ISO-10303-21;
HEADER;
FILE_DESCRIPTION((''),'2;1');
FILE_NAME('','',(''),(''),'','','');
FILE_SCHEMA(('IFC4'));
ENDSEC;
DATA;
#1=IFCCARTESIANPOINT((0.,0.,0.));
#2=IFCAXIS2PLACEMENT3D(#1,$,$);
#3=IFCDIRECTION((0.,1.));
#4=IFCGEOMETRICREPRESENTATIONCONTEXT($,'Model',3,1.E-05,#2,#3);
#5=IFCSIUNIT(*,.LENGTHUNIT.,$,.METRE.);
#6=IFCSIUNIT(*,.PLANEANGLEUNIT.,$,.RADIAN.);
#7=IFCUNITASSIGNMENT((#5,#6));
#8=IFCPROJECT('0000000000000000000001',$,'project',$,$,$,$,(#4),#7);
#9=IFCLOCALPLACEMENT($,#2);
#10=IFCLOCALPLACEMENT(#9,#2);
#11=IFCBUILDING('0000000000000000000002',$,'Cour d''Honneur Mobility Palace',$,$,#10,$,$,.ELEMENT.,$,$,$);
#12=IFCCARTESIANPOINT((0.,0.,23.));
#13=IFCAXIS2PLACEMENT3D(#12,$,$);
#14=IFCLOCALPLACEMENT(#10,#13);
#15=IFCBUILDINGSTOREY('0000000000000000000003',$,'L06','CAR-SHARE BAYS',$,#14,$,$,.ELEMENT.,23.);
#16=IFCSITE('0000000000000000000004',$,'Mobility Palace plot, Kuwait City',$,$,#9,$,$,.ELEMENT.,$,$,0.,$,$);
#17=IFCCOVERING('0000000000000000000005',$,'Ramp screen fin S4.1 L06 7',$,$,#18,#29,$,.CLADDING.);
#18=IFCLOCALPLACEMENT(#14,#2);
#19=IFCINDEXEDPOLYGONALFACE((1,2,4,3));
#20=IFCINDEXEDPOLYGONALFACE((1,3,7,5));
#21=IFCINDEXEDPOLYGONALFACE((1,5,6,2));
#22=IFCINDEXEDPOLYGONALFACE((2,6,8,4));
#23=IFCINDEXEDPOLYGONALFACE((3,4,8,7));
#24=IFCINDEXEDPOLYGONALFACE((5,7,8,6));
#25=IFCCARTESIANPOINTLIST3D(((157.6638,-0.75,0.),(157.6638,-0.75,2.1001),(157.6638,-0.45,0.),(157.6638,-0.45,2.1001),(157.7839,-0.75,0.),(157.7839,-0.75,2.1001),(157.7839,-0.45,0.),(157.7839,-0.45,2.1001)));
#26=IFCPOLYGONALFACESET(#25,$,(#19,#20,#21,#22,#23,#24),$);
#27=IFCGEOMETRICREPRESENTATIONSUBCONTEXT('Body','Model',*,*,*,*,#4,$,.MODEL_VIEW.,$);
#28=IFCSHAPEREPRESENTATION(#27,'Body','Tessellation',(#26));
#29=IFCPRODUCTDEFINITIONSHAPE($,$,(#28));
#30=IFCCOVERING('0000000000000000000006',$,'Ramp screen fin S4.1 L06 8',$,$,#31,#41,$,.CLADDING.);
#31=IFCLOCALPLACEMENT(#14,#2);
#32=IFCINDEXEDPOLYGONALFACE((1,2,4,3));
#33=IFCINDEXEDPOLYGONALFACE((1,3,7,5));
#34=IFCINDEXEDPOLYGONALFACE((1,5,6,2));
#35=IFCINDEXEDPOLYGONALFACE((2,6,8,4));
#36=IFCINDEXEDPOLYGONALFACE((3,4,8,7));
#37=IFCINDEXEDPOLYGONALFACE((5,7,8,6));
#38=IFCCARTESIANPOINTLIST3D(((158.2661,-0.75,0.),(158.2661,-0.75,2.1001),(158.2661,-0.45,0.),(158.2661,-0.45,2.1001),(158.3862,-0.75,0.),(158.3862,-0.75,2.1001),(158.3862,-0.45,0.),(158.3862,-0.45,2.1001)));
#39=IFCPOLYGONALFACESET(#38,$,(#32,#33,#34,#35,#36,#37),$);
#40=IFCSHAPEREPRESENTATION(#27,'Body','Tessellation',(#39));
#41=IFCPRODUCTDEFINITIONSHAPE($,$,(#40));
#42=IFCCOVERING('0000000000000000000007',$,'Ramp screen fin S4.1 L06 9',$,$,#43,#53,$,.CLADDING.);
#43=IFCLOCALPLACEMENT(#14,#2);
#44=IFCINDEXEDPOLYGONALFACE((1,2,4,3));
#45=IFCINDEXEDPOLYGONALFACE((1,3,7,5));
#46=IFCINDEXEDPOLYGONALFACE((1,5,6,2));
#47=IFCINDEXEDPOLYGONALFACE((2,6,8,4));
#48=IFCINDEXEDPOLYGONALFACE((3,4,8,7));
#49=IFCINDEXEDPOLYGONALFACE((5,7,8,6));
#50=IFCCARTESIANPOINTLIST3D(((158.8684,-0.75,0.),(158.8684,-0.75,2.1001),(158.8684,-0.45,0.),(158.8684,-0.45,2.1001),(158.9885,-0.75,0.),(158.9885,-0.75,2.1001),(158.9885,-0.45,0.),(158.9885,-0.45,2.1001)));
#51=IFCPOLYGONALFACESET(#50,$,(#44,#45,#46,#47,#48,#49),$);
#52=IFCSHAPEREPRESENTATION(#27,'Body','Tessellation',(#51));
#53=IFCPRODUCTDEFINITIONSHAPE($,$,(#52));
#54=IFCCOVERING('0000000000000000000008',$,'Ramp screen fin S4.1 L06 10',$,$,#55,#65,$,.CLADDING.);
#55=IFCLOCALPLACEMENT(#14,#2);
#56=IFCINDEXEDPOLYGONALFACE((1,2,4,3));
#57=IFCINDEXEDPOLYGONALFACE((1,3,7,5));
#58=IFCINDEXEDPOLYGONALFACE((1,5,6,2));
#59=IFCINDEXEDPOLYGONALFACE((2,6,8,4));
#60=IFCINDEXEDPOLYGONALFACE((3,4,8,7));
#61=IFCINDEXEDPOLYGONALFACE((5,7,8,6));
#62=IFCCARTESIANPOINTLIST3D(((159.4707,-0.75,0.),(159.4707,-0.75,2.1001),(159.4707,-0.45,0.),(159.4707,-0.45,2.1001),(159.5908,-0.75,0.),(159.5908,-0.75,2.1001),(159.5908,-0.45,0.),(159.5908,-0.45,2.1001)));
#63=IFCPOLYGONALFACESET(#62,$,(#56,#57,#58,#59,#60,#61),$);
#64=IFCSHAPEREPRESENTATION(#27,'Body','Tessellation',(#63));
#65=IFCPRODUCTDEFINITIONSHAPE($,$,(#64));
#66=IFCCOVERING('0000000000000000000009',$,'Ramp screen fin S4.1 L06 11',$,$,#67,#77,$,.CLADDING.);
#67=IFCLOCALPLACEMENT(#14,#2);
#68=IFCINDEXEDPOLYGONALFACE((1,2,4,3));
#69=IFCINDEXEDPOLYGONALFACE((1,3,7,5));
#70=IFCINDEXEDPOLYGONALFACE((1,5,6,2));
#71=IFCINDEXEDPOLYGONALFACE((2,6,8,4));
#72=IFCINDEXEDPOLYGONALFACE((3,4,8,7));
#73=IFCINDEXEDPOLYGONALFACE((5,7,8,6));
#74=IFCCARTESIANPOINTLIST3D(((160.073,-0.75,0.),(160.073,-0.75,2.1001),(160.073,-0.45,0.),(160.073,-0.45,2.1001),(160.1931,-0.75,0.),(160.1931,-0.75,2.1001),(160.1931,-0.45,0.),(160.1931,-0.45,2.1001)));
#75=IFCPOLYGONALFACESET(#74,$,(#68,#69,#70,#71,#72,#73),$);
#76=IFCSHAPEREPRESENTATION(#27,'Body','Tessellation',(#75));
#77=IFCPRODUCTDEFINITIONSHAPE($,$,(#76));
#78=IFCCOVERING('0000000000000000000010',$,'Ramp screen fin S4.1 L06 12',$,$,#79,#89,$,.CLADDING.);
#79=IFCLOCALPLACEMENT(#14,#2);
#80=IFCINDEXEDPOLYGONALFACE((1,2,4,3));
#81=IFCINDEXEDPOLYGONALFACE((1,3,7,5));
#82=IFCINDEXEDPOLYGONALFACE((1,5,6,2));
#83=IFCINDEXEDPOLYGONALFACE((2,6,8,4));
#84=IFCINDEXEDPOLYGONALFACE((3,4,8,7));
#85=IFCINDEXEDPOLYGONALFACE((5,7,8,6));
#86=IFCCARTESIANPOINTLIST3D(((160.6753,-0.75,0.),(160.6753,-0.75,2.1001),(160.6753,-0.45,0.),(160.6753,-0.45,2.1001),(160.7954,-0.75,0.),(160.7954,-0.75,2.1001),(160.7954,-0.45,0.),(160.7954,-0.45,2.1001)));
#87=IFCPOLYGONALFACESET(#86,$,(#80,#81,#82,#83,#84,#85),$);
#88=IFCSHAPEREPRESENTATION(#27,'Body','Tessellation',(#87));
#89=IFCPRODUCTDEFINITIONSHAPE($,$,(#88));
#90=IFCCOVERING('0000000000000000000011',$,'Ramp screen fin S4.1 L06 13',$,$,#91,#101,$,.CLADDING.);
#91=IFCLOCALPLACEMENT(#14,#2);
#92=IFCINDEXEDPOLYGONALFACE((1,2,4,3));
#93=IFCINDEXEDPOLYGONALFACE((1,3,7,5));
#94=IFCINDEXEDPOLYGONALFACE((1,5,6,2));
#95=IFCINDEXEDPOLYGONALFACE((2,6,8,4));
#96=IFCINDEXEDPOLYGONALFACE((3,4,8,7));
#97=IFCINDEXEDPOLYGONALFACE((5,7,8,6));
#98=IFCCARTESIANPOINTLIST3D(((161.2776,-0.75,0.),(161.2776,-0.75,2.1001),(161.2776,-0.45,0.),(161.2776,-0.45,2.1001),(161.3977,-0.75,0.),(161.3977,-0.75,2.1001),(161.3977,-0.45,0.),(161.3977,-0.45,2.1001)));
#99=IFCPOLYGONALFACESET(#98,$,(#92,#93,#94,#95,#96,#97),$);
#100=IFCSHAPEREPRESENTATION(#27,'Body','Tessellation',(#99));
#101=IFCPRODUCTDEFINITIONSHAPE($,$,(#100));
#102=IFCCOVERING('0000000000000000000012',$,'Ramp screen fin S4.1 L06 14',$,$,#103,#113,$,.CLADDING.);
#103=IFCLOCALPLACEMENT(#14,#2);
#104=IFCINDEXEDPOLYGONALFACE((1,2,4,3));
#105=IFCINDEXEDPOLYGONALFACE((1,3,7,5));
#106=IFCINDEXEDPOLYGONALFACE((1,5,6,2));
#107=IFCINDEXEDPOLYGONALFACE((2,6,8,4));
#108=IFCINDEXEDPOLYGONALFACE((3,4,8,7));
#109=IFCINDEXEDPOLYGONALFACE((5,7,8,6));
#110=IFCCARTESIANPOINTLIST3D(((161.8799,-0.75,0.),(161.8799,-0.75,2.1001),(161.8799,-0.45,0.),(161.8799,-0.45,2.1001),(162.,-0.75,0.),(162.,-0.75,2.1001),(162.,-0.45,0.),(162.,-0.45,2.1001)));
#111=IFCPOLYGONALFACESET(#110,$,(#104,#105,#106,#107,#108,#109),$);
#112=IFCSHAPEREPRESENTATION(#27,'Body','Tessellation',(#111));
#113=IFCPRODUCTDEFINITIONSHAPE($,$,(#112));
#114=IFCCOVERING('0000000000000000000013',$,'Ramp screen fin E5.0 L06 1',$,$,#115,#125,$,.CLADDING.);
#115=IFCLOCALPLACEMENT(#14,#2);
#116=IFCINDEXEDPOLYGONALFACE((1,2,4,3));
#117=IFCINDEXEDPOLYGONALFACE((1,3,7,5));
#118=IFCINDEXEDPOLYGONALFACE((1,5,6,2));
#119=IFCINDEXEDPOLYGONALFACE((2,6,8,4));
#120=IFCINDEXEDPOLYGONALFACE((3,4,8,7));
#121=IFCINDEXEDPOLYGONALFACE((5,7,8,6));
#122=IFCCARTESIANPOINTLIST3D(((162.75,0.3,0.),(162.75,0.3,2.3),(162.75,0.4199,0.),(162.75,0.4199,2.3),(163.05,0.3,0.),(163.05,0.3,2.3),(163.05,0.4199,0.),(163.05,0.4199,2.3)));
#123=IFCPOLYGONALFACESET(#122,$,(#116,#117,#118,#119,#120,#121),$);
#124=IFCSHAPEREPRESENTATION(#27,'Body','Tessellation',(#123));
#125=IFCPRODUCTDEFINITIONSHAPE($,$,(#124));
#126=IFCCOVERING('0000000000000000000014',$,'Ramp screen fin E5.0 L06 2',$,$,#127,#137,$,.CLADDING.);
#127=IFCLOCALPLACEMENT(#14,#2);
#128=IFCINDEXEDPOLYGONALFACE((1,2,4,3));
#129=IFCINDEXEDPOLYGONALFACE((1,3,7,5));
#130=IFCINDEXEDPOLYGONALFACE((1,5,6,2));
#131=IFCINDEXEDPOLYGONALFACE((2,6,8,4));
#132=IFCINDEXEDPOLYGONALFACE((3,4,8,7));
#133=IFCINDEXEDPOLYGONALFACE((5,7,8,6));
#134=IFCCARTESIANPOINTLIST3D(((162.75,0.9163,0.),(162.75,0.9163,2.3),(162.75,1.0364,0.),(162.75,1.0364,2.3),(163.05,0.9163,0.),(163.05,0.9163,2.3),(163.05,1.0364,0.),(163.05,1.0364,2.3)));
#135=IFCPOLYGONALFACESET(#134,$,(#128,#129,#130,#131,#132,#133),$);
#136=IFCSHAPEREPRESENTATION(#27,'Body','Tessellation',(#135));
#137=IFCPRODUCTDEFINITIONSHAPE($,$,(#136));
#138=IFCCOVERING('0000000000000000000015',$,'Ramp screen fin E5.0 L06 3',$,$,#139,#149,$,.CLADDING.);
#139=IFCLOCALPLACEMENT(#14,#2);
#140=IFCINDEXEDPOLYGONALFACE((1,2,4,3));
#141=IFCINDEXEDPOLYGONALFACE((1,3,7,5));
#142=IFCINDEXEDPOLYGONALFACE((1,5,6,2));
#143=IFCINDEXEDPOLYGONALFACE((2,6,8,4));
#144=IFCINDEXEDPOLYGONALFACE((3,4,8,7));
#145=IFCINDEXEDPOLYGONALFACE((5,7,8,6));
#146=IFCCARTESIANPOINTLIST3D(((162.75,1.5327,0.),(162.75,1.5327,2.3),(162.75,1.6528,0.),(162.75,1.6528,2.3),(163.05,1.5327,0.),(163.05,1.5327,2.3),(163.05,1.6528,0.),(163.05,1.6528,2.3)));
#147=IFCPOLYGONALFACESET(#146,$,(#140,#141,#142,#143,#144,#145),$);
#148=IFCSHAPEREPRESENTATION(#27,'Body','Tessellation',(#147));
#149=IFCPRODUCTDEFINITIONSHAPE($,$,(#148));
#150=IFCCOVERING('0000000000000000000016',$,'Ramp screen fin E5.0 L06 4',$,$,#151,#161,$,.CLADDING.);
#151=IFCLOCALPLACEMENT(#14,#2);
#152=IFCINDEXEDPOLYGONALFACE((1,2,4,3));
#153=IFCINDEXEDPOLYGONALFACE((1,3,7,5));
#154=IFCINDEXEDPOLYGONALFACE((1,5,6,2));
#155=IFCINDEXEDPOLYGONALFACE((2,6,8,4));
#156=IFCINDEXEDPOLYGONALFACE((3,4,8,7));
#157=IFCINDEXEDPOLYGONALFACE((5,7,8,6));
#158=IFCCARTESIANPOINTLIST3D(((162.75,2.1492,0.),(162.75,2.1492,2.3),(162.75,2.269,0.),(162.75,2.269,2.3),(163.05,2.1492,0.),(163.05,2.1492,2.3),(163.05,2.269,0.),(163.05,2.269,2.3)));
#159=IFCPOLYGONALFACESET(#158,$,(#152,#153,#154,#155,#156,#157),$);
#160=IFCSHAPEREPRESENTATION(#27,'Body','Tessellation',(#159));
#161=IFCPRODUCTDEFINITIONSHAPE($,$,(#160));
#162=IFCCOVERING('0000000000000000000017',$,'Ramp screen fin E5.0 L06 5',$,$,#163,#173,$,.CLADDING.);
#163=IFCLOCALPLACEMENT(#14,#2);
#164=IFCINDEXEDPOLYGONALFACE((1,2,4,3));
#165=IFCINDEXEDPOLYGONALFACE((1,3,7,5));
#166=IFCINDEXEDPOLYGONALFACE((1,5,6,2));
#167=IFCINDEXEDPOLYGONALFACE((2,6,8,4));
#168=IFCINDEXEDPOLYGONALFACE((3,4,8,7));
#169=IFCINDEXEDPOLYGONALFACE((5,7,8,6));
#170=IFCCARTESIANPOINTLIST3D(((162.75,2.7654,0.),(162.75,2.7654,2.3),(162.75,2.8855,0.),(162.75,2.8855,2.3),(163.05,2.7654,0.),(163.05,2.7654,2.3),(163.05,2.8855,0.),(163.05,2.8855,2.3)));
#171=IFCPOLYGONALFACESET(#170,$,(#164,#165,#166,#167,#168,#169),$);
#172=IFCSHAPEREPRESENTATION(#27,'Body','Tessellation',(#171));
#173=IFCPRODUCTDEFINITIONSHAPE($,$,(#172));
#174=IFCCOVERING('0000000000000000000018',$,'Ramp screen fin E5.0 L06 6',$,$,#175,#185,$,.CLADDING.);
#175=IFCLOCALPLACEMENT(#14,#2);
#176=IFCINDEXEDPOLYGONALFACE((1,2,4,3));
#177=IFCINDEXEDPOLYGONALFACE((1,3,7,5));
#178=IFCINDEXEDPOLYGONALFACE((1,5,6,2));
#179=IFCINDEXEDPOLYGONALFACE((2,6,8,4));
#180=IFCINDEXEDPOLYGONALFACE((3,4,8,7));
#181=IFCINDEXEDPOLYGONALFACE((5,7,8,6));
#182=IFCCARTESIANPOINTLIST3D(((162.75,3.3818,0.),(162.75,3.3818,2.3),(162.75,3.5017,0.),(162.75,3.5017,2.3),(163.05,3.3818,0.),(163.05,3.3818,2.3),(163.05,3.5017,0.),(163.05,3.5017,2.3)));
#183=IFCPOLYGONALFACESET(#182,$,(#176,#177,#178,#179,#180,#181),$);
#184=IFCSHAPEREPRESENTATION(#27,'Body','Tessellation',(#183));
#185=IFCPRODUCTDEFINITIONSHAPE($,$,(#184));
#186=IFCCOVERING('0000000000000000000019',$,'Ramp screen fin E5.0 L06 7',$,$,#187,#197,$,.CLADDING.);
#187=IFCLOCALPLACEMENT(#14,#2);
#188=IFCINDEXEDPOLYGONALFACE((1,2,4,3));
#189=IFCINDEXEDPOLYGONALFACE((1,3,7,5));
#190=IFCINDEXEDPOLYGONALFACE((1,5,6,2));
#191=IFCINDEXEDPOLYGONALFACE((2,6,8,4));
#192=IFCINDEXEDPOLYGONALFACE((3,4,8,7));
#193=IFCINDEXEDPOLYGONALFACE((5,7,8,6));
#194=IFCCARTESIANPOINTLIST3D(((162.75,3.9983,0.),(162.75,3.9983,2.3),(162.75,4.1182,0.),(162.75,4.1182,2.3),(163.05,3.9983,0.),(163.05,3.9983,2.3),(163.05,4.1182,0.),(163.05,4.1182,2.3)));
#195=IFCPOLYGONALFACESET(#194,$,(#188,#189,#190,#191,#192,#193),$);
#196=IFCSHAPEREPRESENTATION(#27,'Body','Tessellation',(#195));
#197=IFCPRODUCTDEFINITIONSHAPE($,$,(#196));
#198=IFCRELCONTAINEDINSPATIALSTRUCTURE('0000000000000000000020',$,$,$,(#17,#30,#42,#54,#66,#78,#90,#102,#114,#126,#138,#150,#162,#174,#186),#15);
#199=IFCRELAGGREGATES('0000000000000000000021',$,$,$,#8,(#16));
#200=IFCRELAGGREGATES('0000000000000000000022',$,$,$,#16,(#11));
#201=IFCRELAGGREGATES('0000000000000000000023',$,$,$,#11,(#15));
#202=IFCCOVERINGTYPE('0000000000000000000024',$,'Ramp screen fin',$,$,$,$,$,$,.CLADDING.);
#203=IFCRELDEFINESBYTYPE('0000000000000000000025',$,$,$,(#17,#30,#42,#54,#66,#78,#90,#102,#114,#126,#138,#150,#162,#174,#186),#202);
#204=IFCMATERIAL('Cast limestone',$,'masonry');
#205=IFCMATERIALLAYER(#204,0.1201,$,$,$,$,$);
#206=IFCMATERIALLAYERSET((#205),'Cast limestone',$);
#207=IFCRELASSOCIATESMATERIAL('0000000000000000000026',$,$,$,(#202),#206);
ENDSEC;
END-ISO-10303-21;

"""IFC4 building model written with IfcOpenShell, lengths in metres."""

from ifc_helpers import new_model, si_unit, direction, frame, origin, place, context, subcontext, project, spatial, polyline, outline, extrude, material, layer, layer_set, type_object, element, save


model = new_model("IFC4")

# Units and contexts
model_context = context("Model", 3, precision=1e-05, world=origin(), true_north=direction((0.0, 1.0)))
body_context = subcontext(model_context, "Body", "Model", "MODEL_VIEW")
ifc_project = project(units=[si_unit("LENGTHUNIT", "METRE"), si_unit("PLANEANGLEUNIT", "RADIAN")], contexts=[model_context])

# Site, building, storey
site_placement = place(None, origin())
site = spatial("IfcSite", under=ifc_project, at=site_placement, Name="Mobility Palace plot, Kuwait City", CompositionType="ELEMENT", RefElevation=0.0)
building_placement = place(site_placement, origin())
building = spatial("IfcBuilding", under=site, at=building_placement, Name="Cour d'Honneur Mobility Palace", CompositionType="ELEMENT")
storey_placement = place(building_placement, frame((0.0, 0.0, 23.0)))
storey = spatial("IfcBuildingStorey", under=building, at=storey_placement, Name="L06", Description="CAR-SHARE BAYS", CompositionType="ELEMENT", Elevation=23.0)

# Coverings
ifc_material_1 = material(Name="Cast limestone", Category="masonry")
ifc_layer_1 = layer(ifc_material_1, 0.1201)
ifc_layer_set_1 = layer_set([ifc_layer_1], Name="Cast limestone")
covering_type = type_object("IfcCoveringType", Name="Ramp screen fin", PredefinedType="CLADDING", material=ifc_layer_set_1)
covering_1_placement = place(storey_placement, origin())
element("IfcCovering", 1, at=covering_1_placement, inside=storey, type_object=covering_type, Name="Ramp screen fin S4.1 L06 7", PredefinedType="CLADDING", context=body_context, shape_type="SweptSolid", body=[
    extrude(outline(polyline([(157.6638, -0.45), (157.7839, -0.45), (157.7839, -0.75), (157.6638, -0.75), (157.6638, -0.45)])), origin(), (0.0, 0.0, 1.0), 2.1001),
])
covering_2_placement = place(storey_placement, origin())
element("IfcCovering", 2, at=covering_2_placement, inside=storey, type_object=covering_type, Name="Ramp screen fin S4.1 L06 8", PredefinedType="CLADDING", context=body_context, shape_type="SweptSolid", body=[
    extrude(outline(polyline([(158.2661, -0.45), (158.3862, -0.45), (158.3862, -0.75), (158.2661, -0.75), (158.2661, -0.45)])), origin(), (0.0, 0.0, 1.0), 2.1001),
])
covering_3_placement = place(storey_placement, origin())
element("IfcCovering", 3, at=covering_3_placement, inside=storey, type_object=covering_type, Name="Ramp screen fin S4.1 L06 9", PredefinedType="CLADDING", context=body_context, shape_type="SweptSolid", body=[
    extrude(outline(polyline([(158.8684, -0.45), (158.9885, -0.45), (158.9885, -0.75), (158.8684, -0.75), (158.8684, -0.45)])), origin(), (0.0, 0.0, 1.0), 2.1001),
])
covering_4_placement = place(storey_placement, origin())
element("IfcCovering", 4, at=covering_4_placement, inside=storey, type_object=covering_type, Name="Ramp screen fin S4.1 L06 10", PredefinedType="CLADDING", context=body_context, shape_type="SweptSolid", body=[
    extrude(outline(polyline([(159.4707, -0.45), (159.5908, -0.45), (159.5908, -0.75), (159.4707, -0.75), (159.4707, -0.45)])), origin(), (0.0, 0.0, 1.0), 2.1001),
])
covering_5_placement = place(storey_placement, origin())
element("IfcCovering", 5, at=covering_5_placement, inside=storey, type_object=covering_type, Name="Ramp screen fin S4.1 L06 11", PredefinedType="CLADDING", context=body_context, shape_type="SweptSolid", body=[
    extrude(outline(polyline([(160.073, -0.45), (160.1931, -0.45), (160.1931, -0.75), (160.073, -0.75), (160.073, -0.45)])), origin(), (0.0, 0.0, 1.0), 2.1001),
])
covering_6_placement = place(storey_placement, origin())
element("IfcCovering", 6, at=covering_6_placement, inside=storey, type_object=covering_type, Name="Ramp screen fin S4.1 L06 12", PredefinedType="CLADDING", context=body_context, shape_type="SweptSolid", body=[
    extrude(outline(polyline([(160.6753, -0.45), (160.7954, -0.45), (160.7954, -0.75), (160.6753, -0.75), (160.6753, -0.45)])), origin(), (0.0, 0.0, 1.0), 2.1001),
])
covering_7_placement = place(storey_placement, origin())
element("IfcCovering", 7, at=covering_7_placement, inside=storey, type_object=covering_type, Name="Ramp screen fin S4.1 L06 13", PredefinedType="CLADDING", context=body_context, shape_type="SweptSolid", body=[
    extrude(outline(polyline([(161.2776, -0.45), (161.3977, -0.45), (161.3977, -0.75), (161.2776, -0.75), (161.2776, -0.45)])), origin(), (0.0, 0.0, 1.0), 2.1001),
])
covering_8_placement = place(storey_placement, origin())
element("IfcCovering", 8, at=covering_8_placement, inside=storey, type_object=covering_type, Name="Ramp screen fin S4.1 L06 14", PredefinedType="CLADDING", context=body_context, shape_type="SweptSolid", body=[
    extrude(outline(polyline([(161.8799, -0.45), (162.0, -0.45), (162.0, -0.75), (161.8799, -0.75), (161.8799, -0.45)])), origin(), (0.0, 0.0, 1.0), 2.1001),
])
covering_9_placement = place(storey_placement, origin())
element("IfcCovering", 9, at=covering_9_placement, inside=storey, type_object=covering_type, Name="Ramp screen fin E5.0 L06 1", PredefinedType="CLADDING", context=body_context, shape_type="SweptSolid", body=[
    extrude(outline(polyline([(162.75, 0.3), (162.75, 0.4199), (163.05, 0.4199), (163.05, 0.3), (162.75, 0.3)])), origin(), (0.0, 0.0, 1.0), 2.3),
])
covering_10_placement = place(storey_placement, origin())
element("IfcCovering", 10, at=covering_10_placement, inside=storey, type_object=covering_type, Name="Ramp screen fin E5.0 L06 2", PredefinedType="CLADDING", context=body_context, shape_type="SweptSolid", body=[
    extrude(outline(polyline([(162.75, 0.9163), (162.75, 1.0364), (163.05, 1.0364), (163.05, 0.9163), (162.75, 0.9163)])), origin(), (0.0, 0.0, 1.0), 2.3),
])
covering_11_placement = place(storey_placement, origin())
element("IfcCovering", 11, at=covering_11_placement, inside=storey, type_object=covering_type, Name="Ramp screen fin E5.0 L06 3", PredefinedType="CLADDING", context=body_context, shape_type="SweptSolid", body=[
    extrude(outline(polyline([(162.75, 1.5327), (162.75, 1.6528), (163.05, 1.6528), (163.05, 1.5327), (162.75, 1.5327)])), origin(), (0.0, 0.0, 1.0), 2.3),
])
covering_12_placement = place(storey_placement, origin())
element("IfcCovering", 12, at=covering_12_placement, inside=storey, type_object=covering_type, Name="Ramp screen fin E5.0 L06 4", PredefinedType="CLADDING", context=body_context, shape_type="SweptSolid", body=[
    extrude(outline(polyline([(162.75, 2.1492), (162.75, 2.269), (163.05, 2.269), (163.05, 2.1492), (162.75, 2.1492)])), origin(), (0.0, 0.0, 1.0), 2.3),
])
covering_13_placement = place(storey_placement, origin())
element("IfcCovering", 13, at=covering_13_placement, inside=storey, type_object=covering_type, Name="Ramp screen fin E5.0 L06 5", PredefinedType="CLADDING", context=body_context, shape_type="SweptSolid", body=[
    extrude(outline(polyline([(162.75, 2.7654), (162.75, 2.8855), (163.05, 2.8855), (163.05, 2.7654), (162.75, 2.7654)])), origin(), (0.0, 0.0, 1.0), 2.3),
])
covering_14_placement = place(storey_placement, origin())
element("IfcCovering", 14, at=covering_14_placement, inside=storey, type_object=covering_type, Name="Ramp screen fin E5.0 L06 6", PredefinedType="CLADDING", context=body_context, shape_type="SweptSolid", body=[
    extrude(outline(polyline([(162.75, 3.3818), (162.75, 3.5017), (163.05, 3.5017), (163.05, 3.3818), (162.75, 3.3818)])), origin(), (0.0, 0.0, 1.0), 2.3),
])
covering_15_placement = place(storey_placement, origin())
element("IfcCovering", 15, at=covering_15_placement, inside=storey, type_object=covering_type, Name="Ramp screen fin E5.0 L06 7", PredefinedType="CLADDING", context=body_context, shape_type="SweptSolid", body=[
    extrude(outline(polyline([(162.75, 3.9983), (162.75, 4.1182), (163.05, 4.1182), (163.05, 3.9983), (162.75, 3.9983)])), origin(), (0.0, 0.0, 1.0), 2.3),
])

save(model, "model.ifc")
